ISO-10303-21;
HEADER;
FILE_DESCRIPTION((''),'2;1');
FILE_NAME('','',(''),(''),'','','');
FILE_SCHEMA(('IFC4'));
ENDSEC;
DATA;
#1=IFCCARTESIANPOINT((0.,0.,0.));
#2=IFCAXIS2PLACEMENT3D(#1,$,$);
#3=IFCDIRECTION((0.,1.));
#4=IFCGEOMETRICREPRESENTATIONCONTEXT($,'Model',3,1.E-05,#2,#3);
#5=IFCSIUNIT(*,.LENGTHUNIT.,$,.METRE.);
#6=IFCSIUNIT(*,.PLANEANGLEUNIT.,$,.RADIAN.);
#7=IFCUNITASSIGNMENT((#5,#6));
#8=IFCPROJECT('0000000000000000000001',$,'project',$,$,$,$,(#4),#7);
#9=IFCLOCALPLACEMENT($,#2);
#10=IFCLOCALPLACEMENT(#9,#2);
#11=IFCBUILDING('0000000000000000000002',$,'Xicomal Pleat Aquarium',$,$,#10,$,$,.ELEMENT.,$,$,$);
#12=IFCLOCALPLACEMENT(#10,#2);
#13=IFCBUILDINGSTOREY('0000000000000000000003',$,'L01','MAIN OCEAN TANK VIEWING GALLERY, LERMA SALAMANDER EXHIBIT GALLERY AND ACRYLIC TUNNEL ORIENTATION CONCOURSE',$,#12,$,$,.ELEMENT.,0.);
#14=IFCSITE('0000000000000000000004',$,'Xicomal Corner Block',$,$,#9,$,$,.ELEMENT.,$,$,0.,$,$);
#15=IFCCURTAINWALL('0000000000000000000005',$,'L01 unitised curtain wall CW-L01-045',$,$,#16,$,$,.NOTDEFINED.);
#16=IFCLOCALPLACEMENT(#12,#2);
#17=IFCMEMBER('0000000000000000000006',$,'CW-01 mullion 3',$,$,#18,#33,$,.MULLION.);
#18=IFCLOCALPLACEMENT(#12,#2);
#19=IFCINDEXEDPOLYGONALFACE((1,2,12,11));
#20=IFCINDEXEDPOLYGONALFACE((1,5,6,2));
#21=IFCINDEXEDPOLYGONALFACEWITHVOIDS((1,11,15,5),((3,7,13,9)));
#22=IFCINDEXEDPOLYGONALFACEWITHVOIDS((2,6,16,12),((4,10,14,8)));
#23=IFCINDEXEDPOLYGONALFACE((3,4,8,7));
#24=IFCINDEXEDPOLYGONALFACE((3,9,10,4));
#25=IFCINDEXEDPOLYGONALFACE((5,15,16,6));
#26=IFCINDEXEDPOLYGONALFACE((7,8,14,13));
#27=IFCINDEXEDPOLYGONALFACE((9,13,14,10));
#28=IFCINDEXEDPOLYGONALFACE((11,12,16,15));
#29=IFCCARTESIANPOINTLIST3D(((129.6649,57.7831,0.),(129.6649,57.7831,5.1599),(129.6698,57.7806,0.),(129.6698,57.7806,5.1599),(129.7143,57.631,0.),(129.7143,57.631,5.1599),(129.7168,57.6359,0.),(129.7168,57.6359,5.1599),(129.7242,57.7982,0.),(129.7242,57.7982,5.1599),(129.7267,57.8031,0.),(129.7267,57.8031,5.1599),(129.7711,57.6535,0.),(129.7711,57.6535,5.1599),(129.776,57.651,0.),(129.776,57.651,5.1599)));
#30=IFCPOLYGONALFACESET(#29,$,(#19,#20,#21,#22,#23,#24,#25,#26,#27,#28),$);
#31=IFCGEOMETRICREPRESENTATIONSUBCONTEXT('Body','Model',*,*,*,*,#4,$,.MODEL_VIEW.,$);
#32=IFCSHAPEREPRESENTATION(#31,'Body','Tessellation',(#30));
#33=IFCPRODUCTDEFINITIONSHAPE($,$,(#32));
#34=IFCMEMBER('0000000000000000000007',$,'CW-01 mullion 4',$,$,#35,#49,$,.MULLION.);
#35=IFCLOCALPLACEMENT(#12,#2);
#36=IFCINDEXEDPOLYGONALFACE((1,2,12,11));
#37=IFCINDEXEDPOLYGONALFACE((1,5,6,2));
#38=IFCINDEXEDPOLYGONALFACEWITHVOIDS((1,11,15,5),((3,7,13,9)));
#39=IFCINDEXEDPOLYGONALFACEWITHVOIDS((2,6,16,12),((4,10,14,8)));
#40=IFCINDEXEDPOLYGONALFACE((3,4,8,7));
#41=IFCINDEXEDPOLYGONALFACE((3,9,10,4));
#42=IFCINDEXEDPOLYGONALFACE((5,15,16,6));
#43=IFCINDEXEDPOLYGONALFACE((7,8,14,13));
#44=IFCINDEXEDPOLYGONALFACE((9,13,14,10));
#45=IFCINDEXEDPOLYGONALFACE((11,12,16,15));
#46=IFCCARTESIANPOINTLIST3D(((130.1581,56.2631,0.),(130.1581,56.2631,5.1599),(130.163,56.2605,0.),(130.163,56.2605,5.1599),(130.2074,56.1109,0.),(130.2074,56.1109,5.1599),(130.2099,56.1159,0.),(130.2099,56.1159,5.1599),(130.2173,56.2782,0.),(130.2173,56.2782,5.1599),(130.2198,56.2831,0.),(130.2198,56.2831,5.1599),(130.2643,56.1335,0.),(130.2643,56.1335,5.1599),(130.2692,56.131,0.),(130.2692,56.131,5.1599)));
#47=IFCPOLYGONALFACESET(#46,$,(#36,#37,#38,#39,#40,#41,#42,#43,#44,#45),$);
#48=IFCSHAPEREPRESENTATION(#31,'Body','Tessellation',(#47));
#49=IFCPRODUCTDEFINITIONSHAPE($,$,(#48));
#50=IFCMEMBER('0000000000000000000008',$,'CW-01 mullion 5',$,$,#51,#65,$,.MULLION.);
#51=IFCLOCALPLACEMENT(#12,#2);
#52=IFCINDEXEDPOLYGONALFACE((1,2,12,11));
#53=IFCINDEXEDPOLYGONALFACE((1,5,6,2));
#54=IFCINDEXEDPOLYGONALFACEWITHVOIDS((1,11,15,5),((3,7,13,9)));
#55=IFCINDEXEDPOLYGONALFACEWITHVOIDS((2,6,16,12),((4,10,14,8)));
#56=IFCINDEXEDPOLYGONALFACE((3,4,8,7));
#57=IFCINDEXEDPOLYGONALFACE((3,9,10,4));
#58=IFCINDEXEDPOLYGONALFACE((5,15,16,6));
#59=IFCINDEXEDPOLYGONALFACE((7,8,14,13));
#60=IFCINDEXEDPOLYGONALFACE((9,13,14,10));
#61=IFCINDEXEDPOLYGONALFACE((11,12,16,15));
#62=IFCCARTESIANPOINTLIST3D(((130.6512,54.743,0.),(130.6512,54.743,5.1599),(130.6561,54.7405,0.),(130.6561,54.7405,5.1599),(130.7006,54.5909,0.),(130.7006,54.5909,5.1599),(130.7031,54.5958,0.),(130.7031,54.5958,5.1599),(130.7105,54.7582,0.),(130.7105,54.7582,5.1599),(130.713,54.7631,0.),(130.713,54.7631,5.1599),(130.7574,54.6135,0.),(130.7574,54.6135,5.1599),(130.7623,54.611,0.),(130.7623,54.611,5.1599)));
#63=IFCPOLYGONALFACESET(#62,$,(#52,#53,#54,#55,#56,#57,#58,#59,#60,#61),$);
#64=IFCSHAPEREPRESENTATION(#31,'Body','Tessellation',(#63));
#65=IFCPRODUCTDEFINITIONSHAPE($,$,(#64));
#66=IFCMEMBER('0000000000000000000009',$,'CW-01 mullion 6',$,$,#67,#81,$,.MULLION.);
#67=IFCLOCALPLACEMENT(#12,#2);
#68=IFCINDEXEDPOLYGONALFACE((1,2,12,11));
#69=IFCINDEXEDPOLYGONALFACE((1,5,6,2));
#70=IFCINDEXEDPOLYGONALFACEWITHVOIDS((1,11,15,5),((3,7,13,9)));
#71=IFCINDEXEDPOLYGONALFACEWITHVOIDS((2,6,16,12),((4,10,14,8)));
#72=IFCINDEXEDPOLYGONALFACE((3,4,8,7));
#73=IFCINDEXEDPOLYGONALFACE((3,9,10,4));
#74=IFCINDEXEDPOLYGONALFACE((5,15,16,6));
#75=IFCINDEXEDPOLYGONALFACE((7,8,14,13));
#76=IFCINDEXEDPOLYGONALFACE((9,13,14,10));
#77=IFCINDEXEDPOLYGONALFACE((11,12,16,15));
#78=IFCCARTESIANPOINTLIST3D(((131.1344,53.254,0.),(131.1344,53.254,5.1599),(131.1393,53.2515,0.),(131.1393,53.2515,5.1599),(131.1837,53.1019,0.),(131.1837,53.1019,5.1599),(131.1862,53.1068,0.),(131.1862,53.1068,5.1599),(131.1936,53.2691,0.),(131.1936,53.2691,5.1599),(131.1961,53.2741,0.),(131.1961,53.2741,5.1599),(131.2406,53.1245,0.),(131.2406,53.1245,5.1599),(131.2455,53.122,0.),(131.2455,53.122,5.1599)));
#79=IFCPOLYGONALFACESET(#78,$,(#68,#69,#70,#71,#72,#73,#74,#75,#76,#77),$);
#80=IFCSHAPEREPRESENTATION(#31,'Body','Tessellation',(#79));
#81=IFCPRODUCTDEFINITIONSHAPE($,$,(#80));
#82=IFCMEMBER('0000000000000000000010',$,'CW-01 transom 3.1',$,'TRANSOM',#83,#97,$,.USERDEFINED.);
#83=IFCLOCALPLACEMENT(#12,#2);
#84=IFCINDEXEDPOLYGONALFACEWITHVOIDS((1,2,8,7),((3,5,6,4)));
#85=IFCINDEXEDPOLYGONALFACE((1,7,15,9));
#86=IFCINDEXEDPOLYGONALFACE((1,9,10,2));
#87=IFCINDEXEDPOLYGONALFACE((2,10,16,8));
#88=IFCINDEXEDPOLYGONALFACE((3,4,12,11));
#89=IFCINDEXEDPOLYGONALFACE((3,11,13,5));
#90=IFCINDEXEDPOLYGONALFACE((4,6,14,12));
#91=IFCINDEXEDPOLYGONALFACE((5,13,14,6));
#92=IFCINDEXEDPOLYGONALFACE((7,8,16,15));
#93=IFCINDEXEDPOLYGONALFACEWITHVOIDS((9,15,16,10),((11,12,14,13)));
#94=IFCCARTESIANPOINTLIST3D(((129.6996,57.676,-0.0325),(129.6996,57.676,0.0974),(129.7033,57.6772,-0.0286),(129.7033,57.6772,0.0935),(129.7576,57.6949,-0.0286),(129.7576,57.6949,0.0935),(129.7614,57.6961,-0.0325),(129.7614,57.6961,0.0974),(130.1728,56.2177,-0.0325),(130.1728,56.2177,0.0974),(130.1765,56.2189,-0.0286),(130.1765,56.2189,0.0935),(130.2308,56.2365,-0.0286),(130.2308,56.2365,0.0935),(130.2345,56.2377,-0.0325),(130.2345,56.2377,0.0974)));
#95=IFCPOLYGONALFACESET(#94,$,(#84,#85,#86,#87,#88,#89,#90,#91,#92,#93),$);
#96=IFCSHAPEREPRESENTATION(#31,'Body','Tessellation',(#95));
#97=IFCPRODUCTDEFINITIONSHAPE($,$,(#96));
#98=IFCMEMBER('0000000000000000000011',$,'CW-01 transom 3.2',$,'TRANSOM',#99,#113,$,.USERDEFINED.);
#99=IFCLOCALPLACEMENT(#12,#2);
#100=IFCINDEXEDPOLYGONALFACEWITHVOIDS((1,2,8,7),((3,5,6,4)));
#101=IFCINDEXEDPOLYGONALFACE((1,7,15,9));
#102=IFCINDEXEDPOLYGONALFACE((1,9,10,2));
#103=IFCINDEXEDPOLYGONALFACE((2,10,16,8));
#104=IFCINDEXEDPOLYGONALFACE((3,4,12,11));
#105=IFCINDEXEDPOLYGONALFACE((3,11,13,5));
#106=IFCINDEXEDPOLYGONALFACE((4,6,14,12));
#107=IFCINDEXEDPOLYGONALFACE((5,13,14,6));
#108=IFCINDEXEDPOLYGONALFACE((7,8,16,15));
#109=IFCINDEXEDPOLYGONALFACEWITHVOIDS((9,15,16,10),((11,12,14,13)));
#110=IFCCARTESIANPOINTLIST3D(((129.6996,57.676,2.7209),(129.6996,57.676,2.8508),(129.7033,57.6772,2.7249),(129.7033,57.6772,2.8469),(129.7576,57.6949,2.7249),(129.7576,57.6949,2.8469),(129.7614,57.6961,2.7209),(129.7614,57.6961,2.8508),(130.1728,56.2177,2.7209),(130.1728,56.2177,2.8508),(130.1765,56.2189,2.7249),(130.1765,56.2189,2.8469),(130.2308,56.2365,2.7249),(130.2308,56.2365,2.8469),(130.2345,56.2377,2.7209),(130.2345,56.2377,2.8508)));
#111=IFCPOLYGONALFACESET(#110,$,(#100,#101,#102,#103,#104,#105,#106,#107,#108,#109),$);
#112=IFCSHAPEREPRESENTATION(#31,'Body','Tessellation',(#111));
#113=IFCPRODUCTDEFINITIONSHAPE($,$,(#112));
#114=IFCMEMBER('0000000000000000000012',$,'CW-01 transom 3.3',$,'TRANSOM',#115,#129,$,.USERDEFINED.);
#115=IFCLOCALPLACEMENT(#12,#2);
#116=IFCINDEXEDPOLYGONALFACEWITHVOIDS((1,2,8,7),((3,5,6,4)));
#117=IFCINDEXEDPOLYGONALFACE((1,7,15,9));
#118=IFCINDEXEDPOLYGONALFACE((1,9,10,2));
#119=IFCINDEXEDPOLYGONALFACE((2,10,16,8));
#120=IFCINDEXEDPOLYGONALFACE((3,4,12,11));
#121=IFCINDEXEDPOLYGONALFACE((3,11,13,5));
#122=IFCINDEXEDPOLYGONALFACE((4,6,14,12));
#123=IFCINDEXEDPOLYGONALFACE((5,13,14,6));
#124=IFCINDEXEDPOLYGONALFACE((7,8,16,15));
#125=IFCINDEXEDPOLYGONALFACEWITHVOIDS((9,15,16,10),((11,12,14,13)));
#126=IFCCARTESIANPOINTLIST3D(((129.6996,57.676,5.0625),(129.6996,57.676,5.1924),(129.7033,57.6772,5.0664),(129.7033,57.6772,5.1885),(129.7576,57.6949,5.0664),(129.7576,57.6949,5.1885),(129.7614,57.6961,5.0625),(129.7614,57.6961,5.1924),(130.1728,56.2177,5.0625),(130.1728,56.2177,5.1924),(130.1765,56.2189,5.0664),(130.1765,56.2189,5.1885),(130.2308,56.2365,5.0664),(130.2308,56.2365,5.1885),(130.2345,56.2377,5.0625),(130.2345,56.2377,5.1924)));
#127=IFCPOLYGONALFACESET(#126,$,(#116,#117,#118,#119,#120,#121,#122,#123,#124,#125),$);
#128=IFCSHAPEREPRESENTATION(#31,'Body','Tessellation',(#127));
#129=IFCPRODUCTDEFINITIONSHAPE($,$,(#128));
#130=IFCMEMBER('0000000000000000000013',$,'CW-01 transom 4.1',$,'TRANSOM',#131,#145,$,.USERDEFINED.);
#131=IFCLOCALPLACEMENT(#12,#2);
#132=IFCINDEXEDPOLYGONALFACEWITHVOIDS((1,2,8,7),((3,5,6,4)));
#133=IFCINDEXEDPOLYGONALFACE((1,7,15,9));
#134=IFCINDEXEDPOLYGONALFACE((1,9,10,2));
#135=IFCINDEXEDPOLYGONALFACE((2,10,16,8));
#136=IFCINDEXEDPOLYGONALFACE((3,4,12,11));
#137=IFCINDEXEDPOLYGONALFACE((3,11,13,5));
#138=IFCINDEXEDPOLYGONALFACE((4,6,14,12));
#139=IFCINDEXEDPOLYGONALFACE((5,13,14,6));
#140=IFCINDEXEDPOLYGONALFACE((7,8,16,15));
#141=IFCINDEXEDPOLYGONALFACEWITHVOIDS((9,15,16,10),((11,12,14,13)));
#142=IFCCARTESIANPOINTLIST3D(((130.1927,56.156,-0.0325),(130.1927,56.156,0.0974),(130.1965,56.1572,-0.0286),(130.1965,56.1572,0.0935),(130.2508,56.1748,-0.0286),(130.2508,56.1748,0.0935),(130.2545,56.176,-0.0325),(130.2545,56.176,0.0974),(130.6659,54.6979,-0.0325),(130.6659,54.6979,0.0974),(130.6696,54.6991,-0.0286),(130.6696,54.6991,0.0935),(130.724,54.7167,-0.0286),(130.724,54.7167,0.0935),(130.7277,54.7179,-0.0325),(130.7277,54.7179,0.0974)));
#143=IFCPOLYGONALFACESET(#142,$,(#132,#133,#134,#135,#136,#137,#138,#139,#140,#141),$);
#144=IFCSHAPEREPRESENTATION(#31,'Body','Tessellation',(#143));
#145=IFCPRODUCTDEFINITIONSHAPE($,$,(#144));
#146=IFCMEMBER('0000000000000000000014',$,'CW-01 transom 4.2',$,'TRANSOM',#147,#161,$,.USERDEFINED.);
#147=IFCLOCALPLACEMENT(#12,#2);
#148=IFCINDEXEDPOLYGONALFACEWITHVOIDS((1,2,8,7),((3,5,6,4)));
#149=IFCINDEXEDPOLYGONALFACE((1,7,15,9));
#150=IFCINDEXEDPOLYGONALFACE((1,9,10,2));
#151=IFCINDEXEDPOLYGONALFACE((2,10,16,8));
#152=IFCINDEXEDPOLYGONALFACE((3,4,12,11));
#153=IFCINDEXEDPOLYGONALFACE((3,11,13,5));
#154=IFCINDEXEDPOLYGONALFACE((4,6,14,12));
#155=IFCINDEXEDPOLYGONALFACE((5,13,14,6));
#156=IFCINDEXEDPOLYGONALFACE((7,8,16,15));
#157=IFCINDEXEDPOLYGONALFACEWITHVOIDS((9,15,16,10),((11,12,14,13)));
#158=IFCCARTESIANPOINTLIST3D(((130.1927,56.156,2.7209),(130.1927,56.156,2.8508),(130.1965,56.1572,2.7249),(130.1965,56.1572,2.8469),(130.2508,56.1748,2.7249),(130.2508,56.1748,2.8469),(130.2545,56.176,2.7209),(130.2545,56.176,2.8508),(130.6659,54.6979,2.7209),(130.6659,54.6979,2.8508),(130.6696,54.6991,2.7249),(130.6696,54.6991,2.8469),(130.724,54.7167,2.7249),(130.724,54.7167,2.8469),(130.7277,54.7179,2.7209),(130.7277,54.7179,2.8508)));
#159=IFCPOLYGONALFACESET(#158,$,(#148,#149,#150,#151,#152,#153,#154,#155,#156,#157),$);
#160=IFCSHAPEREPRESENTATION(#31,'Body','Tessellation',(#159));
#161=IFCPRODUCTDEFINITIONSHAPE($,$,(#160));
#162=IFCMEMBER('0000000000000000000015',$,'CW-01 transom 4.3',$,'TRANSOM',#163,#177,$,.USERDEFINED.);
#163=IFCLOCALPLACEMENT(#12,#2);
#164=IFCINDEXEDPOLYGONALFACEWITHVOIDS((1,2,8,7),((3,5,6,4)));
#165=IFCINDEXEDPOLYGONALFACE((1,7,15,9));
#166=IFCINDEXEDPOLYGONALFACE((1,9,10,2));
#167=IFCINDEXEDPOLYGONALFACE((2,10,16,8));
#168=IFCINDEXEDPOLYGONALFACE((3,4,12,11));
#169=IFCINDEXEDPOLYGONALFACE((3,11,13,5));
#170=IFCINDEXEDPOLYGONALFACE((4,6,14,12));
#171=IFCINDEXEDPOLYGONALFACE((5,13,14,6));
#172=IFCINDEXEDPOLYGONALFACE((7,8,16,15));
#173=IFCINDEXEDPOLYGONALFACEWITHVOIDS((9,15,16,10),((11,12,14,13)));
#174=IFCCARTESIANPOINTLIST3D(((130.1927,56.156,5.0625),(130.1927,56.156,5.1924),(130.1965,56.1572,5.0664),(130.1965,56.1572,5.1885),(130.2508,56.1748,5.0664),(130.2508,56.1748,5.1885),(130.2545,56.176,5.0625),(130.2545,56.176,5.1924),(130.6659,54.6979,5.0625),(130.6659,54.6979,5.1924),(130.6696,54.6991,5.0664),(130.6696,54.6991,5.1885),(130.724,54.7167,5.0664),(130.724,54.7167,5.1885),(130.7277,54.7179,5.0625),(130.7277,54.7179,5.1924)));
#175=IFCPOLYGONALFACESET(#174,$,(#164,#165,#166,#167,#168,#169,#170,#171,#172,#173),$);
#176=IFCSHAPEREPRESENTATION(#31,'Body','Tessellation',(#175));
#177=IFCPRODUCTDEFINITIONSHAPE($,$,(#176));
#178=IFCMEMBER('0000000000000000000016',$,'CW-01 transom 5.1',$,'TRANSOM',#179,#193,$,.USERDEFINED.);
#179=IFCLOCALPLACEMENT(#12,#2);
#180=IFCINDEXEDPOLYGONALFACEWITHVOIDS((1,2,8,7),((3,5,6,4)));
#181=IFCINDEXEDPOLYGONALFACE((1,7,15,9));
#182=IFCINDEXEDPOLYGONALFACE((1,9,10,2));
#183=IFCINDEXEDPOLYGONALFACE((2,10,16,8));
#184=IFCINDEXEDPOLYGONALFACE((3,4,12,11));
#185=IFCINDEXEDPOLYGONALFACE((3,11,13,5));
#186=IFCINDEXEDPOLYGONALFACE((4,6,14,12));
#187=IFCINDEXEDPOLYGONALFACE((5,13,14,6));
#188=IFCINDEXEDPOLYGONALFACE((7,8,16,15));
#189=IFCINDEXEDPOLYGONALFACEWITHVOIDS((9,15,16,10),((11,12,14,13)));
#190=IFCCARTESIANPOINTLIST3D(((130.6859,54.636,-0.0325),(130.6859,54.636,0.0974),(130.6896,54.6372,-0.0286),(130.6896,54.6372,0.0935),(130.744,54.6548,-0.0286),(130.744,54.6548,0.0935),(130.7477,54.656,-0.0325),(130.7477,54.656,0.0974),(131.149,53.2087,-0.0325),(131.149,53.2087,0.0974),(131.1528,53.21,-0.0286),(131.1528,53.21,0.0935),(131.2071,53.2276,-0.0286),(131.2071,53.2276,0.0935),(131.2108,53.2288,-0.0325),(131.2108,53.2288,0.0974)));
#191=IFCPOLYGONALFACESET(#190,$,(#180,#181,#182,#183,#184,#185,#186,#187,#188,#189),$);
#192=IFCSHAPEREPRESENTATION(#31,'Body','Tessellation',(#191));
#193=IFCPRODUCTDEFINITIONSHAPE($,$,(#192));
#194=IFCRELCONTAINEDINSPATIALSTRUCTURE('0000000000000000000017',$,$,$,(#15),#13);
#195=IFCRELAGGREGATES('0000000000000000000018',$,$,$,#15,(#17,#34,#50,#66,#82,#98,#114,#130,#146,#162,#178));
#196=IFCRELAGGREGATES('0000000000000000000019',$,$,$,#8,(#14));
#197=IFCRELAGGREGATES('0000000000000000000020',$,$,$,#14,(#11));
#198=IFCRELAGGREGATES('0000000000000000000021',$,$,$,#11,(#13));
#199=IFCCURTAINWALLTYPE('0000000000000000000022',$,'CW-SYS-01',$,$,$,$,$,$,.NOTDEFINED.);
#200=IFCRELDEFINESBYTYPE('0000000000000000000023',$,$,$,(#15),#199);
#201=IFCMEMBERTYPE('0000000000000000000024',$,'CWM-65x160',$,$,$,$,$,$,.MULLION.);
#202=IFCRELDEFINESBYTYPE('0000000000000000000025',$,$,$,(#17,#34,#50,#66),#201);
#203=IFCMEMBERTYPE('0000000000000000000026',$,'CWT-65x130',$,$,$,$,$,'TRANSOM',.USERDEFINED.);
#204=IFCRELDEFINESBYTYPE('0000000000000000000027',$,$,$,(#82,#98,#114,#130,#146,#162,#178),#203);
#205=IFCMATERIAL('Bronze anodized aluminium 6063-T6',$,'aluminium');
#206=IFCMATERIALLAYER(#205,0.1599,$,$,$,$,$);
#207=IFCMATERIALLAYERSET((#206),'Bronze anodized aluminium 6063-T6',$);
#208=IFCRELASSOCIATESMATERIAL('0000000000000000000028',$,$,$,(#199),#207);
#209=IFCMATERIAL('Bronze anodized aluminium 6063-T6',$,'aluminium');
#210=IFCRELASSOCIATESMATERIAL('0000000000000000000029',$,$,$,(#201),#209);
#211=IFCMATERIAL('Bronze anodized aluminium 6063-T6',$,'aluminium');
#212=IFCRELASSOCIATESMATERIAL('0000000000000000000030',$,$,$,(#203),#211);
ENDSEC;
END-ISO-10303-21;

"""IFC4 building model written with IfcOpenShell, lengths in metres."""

from ifc_helpers import new_model, si_unit, direction, frame, origin, origin_2d, place, context, subcontext, project, spatial, hollow_rectangle, extrude, material, layer, layer_set, material_profile, profile_set, type_object, element, aggregate, save


model = new_model("IFC4")

# Units and contexts
model_context = context("Model", 3, precision=1e-05, world=origin(), true_north=direction((0.0, 1.0)))
body_context = subcontext(model_context, "Body", "Model", "MODEL_VIEW")
ifc_project = project(units=[si_unit("LENGTHUNIT", "METRE"), si_unit("PLANEANGLEUNIT", "RADIAN")], contexts=[model_context])

# Site, building, storey
site_placement = place(None, origin())
site = spatial("IfcSite", under=ifc_project, at=site_placement, Name="Xicomal Corner Block", CompositionType="ELEMENT", RefElevation=0.0)
building_placement = place(site_placement, origin())
building = spatial("IfcBuilding", under=site, at=building_placement, Name="Xicomal Pleat Aquarium", CompositionType="ELEMENT")
storey_placement = place(building_placement, origin())
storey = spatial("IfcBuildingStorey", under=building, at=storey_placement, Name="L01", Description="MAIN OCEAN TANK VIEWING GALLERY, LERMA SALAMANDER EXHIBIT GALLERY AND ACRYLIC TUNNEL ORIENTATION CONCOURSE", CompositionType="ELEMENT", Elevation=0.0)

# Curtain wall, members
ifc_material_1 = material(Name="Bronze anodized aluminium 6063-T6", Category="aluminium")
ifc_layer_1 = layer(ifc_material_1, 0.1599)
ifc_layer_set_1 = layer_set([ifc_layer_1], Name="Bronze anodized aluminium 6063-T6")
curtain_wall_type = type_object("IfcCurtainWallType", Name="CW-SYS-01", PredefinedType="NOTDEFINED", material=ifc_layer_set_1)
curtain_wall_placement = place(storey_placement, origin())
curtain_wall = element("IfcCurtainWall", 1, at=curtain_wall_placement, inside=storey, type_object=curtain_wall_type, Name="L01 unitised curtain wall CW-L01-045", PredefinedType="NOTDEFINED")
ifc_material_2 = material(Name="Bronze anodized aluminium 6063-T6", Category="aluminium")
ifc_material_profile_1 = material_profile(ifc_material_2, hollow_rectangle(XDim=0.0649, YDim=0.1599, WallThickness=0.0039, at=origin_2d()), Name="ALU MULL 65x160")
ifc_profile_set_1 = profile_set([ifc_material_profile_1], Name="Bronze anodized aluminium 6063-T6")
member_type_1 = type_object("IfcMemberType", Name="CWM-65x160", PredefinedType="MULLION", material=ifc_profile_set_1)
member_1_placement = place(storey_placement, frame((129.7205, 57.717, 0.0), z_axis=(0.0, 0.0, 1.0), x_axis=(0.951181, 0.308633, 0.0)))
member_1 = element("IfcMember", 2, at=member_1_placement, type_object=member_type_1, Name="CW-01 mullion 3", PredefinedType="MULLION", context=body_context, shape_type="SweptSolid", body=[
    extrude(hollow_rectangle(XDim=0.0649, YDim=0.1599, WallThickness=0.0039, at=origin_2d()), origin(), (0.0, 0.0, 1.0), 5.1599),
])
member_2_placement = place(storey_placement, frame((130.2136, 56.197, 0.0), z_axis=(0.0, 0.0, 1.0), x_axis=(0.951181, 0.308633, 0.0)))
member_2 = element("IfcMember", 3, at=member_2_placement, type_object=member_type_1, Name="CW-01 mullion 4", PredefinedType="MULLION", context=body_context, shape_type="SweptSolid", body=[
    extrude(hollow_rectangle(XDim=0.0649, YDim=0.1599, WallThickness=0.0039, at=origin_2d()), origin(), (0.0, 0.0, 1.0), 5.1599),
])
member_3_placement = place(storey_placement, frame((130.7068, 54.677, 0.0), z_axis=(0.0, 0.0, 1.0), x_axis=(0.951181, 0.308633, 0.0)))
member_3 = element("IfcMember", 4, at=member_3_placement, type_object=member_type_1, Name="CW-01 mullion 5", PredefinedType="MULLION", context=body_context, shape_type="SweptSolid", body=[
    extrude(hollow_rectangle(XDim=0.0649, YDim=0.1599, WallThickness=0.0039, at=origin_2d()), origin(), (0.0, 0.0, 1.0), 5.1599),
])
member_4_placement = place(storey_placement, frame((131.1899, 53.188, 0.0), z_axis=(0.0, 0.0, 1.0), x_axis=(0.951181, 0.308633, 0.0)))
member_4 = element("IfcMember", 5, at=member_4_placement, type_object=member_type_1, Name="CW-01 mullion 6", PredefinedType="MULLION", context=body_context, shape_type="SweptSolid", body=[
    extrude(hollow_rectangle(XDim=0.0649, YDim=0.1599, WallThickness=0.0039, at=origin_2d()), origin(), (0.0, 0.0, 1.0), 5.1599),
])
ifc_material_3 = material(Name="Bronze anodized aluminium 6063-T6", Category="aluminium")
ifc_material_profile_2 = material_profile(ifc_material_3, hollow_rectangle(XDim=0.0649, YDim=0.1299, WallThickness=0.0039, at=origin_2d()), Name="ALU TRAN 65x130")
ifc_profile_set_2 = profile_set([ifc_material_profile_2], Name="Bronze anodized aluminium 6063-T6")
member_type_2 = type_object("IfcMemberType", Name="CWT-65x130", ElementType="TRANSOM", PredefinedType="USERDEFINED", material=ifc_profile_set_2)
member_5_placement = place(storey_placement, frame((129.7305, 57.686, 0.0325), z_axis=(0.308622, -0.951185, 0.0), x_axis=(0.951185, 0.308622, 0.0)))
member_5 = element("IfcMember", 6, at=member_5_placement, type_object=member_type_2, Name="CW-01 transom 3.1", ObjectType="TRANSOM", PredefinedType="USERDEFINED", context=body_context, shape_type="SweptSolid", body=[
    extrude(hollow_rectangle(XDim=0.0649, YDim=0.1299, WallThickness=0.0039, at=origin_2d()), origin(), (0.0, 0.0, 1.0), 1.5332),
])
member_6_placement = place(storey_placement, frame((129.7305, 57.686, 2.7859), z_axis=(0.308622, -0.951185, 0.0), x_axis=(0.951185, 0.308622, 0.0)))
member_6 = element("IfcMember", 7, at=member_6_placement, type_object=member_type_2, Name="CW-01 transom 3.2", ObjectType="TRANSOM", PredefinedType="USERDEFINED", context=body_context, shape_type="SweptSolid", body=[
    extrude(hollow_rectangle(XDim=0.0649, YDim=0.1299, WallThickness=0.0039, at=origin_2d()), origin(), (0.0, 0.0, 1.0), 1.5332),
])
member_7_placement = place(storey_placement, frame((129.7305, 57.686, 5.1274), z_axis=(0.308622, -0.951185, 0.0), x_axis=(0.951185, 0.308622, 0.0)))
member_7 = element("IfcMember", 8, at=member_7_placement, type_object=member_type_2, Name="CW-01 transom 3.3", ObjectType="TRANSOM", PredefinedType="USERDEFINED", context=body_context, shape_type="SweptSolid", body=[
    extrude(hollow_rectangle(XDim=0.0649, YDim=0.1299, WallThickness=0.0039, at=origin_2d()), origin(), (0.0, 0.0, 1.0), 1.5332),
])
member_8_placement = place(storey_placement, frame((130.2236, 56.166, 0.0325), z_axis=(0.308668, -0.95117, 0.0), x_axis=(0.95117, 0.308668, 0.0)))
member_8 = element("IfcMember", 9, at=member_8_placement, type_object=member_type_2, Name="CW-01 transom 4.1", ObjectType="TRANSOM", PredefinedType="USERDEFINED", context=body_context, shape_type="SweptSolid", body=[
    extrude(hollow_rectangle(XDim=0.0649, YDim=0.1299, WallThickness=0.0039, at=origin_2d()), origin(), (0.0, 0.0, 1.0), 1.533),
])
member_9_placement = place(storey_placement, frame((130.2236, 56.166, 2.7859), z_axis=(0.308668, -0.95117, 0.0), x_axis=(0.95117, 0.308668, 0.0)))
member_9 = element("IfcMember", 10, at=member_9_placement, type_object=member_type_2, Name="CW-01 transom 4.2", ObjectType="TRANSOM", PredefinedType="USERDEFINED", context=body_context, shape_type="SweptSolid", body=[
    extrude(hollow_rectangle(XDim=0.0649, YDim=0.1299, WallThickness=0.0039, at=origin_2d()), origin(), (0.0, 0.0, 1.0), 1.533),
])
member_10_placement = place(storey_placement, frame((130.2236, 56.166, 5.1274), z_axis=(0.308668, -0.95117, 0.0), x_axis=(0.95117, 0.308668, 0.0)))
member_10 = element("IfcMember", 11, at=member_10_placement, type_object=member_type_2, Name="CW-01 transom 4.3", ObjectType="TRANSOM", PredefinedType="USERDEFINED", context=body_context, shape_type="SweptSolid", body=[
    extrude(hollow_rectangle(XDim=0.0649, YDim=0.1299, WallThickness=0.0039, at=origin_2d()), origin(), (0.0, 0.0, 1.0), 1.533),
])
member_11_placement = place(storey_placement, frame((130.7168, 54.646, 0.0325), z_axis=(0.308652, -0.951175, 0.0), x_axis=(0.951175, 0.308652, 0.0)))
member_11 = element("IfcMember", 12, at=member_11_placement, type_object=member_type_2, Name="CW-01 transom 5.1", ObjectType="TRANSOM", PredefinedType="USERDEFINED", context=body_context, shape_type="SweptSolid", body=[
    extrude(hollow_rectangle(XDim=0.0649, YDim=0.1299, WallThickness=0.0039, at=origin_2d()), origin(), (0.0, 0.0, 1.0), 1.5005),
])
aggregate(curtain_wall, [member_1, member_2, member_3, member_4, member_5, member_6, member_7, member_8, member_9, member_10, member_11])

save(model, "model.ifc")
